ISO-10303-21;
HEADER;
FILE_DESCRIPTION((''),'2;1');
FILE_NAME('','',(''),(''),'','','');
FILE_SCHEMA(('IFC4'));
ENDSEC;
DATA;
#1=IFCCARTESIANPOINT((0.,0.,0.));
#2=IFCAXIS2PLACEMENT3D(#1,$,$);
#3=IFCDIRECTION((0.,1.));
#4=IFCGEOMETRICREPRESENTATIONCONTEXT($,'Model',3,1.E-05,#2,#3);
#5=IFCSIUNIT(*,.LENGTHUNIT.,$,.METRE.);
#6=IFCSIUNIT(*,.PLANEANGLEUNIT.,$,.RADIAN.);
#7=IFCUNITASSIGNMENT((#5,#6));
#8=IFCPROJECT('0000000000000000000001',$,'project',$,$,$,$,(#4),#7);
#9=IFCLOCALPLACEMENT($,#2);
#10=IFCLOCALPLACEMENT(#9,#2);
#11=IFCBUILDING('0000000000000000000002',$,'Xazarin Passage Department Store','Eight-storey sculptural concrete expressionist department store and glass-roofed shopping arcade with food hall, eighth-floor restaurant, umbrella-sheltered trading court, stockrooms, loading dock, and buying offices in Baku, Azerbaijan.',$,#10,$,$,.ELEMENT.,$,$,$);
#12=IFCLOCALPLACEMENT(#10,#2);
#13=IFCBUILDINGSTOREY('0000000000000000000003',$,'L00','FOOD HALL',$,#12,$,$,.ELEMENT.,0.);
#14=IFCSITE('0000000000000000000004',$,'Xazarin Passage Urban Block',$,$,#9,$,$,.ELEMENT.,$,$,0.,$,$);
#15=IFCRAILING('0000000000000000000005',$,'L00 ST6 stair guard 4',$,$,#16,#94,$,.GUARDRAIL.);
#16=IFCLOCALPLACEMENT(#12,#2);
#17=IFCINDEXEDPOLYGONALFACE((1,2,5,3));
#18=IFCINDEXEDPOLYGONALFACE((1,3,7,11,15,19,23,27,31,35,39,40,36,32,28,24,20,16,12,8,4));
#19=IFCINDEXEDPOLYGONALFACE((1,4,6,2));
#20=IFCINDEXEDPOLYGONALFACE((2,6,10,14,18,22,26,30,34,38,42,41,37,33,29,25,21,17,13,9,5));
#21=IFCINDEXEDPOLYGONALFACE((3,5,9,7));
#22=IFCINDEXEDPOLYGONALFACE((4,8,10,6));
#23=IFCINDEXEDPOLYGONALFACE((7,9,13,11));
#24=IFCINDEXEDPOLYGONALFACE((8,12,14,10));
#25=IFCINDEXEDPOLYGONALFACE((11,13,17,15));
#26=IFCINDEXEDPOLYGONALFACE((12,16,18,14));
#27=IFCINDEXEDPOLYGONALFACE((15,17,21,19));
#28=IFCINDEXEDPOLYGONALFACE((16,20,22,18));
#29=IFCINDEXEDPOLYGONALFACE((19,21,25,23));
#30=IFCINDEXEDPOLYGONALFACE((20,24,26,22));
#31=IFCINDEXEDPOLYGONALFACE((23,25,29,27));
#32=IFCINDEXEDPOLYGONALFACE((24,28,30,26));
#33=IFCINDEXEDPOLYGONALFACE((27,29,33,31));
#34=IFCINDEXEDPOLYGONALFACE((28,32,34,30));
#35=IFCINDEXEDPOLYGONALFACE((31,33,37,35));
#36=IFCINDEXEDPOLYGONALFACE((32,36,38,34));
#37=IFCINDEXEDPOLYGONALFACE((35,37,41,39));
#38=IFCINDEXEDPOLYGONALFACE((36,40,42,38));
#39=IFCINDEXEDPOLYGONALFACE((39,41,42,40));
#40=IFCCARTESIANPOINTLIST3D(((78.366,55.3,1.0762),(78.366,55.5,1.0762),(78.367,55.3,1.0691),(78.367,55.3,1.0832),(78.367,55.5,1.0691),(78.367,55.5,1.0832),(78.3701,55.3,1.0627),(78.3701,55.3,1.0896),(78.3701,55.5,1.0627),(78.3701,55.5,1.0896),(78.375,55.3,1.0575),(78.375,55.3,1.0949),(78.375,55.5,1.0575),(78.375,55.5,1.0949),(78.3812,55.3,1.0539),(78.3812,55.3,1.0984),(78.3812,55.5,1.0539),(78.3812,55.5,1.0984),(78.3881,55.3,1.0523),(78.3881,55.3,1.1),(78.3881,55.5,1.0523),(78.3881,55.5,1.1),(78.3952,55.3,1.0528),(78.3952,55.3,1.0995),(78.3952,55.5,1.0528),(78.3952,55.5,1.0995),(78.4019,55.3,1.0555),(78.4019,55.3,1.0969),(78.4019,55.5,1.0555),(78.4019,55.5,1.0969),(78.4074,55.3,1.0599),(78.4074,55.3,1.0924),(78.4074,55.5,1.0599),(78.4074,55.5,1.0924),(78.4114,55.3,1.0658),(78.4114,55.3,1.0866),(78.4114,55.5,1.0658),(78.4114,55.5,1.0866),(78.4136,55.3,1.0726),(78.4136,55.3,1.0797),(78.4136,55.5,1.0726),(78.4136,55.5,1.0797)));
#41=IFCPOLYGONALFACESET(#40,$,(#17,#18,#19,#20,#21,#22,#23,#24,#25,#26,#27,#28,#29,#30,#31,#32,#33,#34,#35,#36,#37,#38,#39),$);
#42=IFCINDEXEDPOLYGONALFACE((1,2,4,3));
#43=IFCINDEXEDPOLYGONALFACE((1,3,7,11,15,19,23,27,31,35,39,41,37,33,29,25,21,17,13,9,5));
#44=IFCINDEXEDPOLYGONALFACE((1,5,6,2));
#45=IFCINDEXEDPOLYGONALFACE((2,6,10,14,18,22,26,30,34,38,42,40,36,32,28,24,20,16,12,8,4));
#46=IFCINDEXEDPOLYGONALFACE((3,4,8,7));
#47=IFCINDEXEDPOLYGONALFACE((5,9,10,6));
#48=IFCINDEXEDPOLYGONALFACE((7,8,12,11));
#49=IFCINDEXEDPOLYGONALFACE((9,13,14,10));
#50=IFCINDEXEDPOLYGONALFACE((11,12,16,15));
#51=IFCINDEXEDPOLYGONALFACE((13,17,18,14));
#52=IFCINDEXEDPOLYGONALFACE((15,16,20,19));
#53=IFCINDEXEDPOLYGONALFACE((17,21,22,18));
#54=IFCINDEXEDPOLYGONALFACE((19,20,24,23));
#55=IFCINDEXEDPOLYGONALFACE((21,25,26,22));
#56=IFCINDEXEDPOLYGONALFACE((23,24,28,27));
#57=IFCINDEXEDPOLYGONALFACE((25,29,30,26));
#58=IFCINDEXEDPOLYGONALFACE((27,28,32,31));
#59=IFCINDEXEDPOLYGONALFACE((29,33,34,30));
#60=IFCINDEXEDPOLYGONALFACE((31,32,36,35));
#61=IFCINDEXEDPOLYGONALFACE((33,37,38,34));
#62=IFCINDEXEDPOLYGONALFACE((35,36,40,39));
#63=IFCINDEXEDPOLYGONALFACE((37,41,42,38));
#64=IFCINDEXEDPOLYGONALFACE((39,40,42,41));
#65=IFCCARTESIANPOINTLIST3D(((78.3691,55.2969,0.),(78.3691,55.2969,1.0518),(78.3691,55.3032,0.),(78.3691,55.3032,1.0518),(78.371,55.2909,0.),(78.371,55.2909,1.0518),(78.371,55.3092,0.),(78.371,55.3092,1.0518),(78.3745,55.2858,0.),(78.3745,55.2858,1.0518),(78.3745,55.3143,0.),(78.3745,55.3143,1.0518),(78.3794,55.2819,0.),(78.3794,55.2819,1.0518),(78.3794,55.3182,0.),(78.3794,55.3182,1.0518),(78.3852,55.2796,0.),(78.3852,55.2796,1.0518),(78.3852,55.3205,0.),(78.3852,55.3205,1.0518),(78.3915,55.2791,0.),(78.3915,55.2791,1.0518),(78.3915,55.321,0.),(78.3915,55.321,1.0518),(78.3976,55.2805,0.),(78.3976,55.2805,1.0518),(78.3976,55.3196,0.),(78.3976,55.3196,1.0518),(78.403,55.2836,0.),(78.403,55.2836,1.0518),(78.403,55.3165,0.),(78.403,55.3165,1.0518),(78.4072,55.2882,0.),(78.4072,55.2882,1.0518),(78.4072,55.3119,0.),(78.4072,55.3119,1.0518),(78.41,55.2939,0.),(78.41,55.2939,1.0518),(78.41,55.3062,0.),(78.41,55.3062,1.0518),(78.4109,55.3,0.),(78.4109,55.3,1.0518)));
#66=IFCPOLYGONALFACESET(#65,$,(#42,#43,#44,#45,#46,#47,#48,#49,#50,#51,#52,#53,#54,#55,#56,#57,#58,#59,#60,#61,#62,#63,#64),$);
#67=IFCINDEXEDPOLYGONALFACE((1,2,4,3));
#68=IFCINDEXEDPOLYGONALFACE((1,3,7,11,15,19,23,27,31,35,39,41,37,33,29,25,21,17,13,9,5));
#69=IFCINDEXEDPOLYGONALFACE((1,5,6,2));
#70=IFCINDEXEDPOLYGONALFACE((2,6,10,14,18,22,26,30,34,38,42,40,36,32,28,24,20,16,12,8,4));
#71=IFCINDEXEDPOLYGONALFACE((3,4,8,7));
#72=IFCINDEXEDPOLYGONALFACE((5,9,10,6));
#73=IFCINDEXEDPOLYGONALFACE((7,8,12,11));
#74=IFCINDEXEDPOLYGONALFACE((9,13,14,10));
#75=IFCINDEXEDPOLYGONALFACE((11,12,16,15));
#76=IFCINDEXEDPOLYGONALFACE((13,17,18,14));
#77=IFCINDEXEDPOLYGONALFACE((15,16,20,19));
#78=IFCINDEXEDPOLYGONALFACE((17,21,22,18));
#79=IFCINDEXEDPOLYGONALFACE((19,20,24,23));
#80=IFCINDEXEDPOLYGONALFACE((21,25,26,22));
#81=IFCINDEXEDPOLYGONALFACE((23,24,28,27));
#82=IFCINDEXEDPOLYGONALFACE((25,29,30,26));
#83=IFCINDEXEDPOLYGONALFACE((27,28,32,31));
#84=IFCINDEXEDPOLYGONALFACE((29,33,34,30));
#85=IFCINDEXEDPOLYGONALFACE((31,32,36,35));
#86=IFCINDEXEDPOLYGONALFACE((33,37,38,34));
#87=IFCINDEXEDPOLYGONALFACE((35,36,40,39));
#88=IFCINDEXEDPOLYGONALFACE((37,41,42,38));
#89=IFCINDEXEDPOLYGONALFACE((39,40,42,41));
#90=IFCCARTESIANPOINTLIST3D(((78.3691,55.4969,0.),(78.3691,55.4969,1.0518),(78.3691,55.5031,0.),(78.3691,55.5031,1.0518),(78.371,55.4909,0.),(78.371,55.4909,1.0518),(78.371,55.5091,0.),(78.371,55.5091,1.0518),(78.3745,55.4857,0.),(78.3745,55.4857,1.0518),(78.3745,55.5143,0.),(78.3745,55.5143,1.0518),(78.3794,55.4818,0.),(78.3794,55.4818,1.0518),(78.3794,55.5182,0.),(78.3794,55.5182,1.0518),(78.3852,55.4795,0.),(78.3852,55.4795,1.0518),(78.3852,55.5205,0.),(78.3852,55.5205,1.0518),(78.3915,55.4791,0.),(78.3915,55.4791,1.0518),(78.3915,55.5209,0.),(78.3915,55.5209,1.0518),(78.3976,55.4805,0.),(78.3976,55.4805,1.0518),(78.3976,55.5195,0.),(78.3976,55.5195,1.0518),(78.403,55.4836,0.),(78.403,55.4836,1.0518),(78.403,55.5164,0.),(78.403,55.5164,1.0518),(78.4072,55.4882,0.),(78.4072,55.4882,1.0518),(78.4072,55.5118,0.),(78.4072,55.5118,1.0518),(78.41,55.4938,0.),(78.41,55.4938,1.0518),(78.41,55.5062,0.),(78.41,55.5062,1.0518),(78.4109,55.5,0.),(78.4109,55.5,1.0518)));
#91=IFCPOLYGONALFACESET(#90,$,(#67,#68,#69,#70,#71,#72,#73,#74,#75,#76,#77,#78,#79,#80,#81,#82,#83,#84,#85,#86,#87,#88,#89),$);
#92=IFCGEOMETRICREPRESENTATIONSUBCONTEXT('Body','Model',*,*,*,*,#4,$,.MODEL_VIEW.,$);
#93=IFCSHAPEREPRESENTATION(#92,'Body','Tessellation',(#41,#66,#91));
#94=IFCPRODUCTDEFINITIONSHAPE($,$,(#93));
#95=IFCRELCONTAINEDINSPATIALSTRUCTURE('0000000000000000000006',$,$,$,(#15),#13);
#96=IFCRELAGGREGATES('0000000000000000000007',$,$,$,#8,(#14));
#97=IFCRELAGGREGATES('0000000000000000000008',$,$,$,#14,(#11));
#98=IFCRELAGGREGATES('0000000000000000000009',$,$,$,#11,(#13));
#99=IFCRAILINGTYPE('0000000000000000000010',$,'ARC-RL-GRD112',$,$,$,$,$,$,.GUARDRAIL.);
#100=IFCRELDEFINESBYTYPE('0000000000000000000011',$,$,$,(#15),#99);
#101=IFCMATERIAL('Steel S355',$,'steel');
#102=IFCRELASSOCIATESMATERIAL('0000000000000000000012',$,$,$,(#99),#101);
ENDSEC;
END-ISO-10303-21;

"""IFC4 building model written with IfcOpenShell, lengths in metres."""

from ifc_helpers import new_model, si_unit, direction, frame, origin, origin_2d, place, context, subcontext, project, spatial, circle, extrude, material, type_object, element, save


model = new_model("IFC4")

# Units and contexts
model_context = context("Model", 3, precision=1e-05, world=origin(), true_north=direction((0.0, 1.0)))
body_context = subcontext(model_context, "Body", "Model", "MODEL_VIEW")
ifc_project = project(units=[si_unit("LENGTHUNIT", "METRE"), si_unit("PLANEANGLEUNIT", "RADIAN")], contexts=[model_context])

# Site, building, storey
site_placement = place(None, origin())
site = spatial("IfcSite", under=ifc_project, at=site_placement, Name="Xazarin Passage Urban Block", CompositionType="ELEMENT", RefElevation=0.0)
building_placement = place(site_placement, origin())
building = spatial("IfcBuilding", under=site, at=building_placement, Name="Xazarin Passage Department Store", Description="Eight-storey sculptural concrete expressionist department store and glass-roofed shopping arcade with food hall, eighth-floor restaurant, umbrella-sheltered trading court, stockrooms, loading dock, and buying offices in Baku, Azerbaijan.", CompositionType="ELEMENT")
storey_placement = place(building_placement, origin())
storey = spatial("IfcBuildingStorey", under=building, at=storey_placement, Name="L00", Description="FOOD HALL", CompositionType="ELEMENT", Elevation=0.0)

# Railing
ifc_material_1 = material(Name="Steel S355", Category="steel")
railing_type_1 = type_object("IfcRailingType", Name="ARC-RL-GRD112", PredefinedType="GUARDRAIL", material=ifc_material_1)
railing_1_placement = place(storey_placement, frame((78.3899, 55.3, 0.0)))
element("IfcRailing", 1, at=railing_1_placement, inside=storey, type_object=railing_type_1, Name="L00 ST6 stair guard 4", PredefinedType="GUARDRAIL", context=body_context, shape_type="SweptSolid", body=[
    extrude(circle(Radius=0.0239, at=origin_2d()), frame((0.0, 0.0, 1.0762), z_axis=(0.0, 1.0, 0.0), x_axis=(-1.0, 0.0, 0.0)), (0.0, 0.0, 1.0), 0.2),
    extrude(circle(Radius=0.021, at=origin_2d()), origin(), (0.0, 0.0, 1.0), 1.0518),
    extrude(circle(Radius=0.021, at=origin_2d()), frame((0.0, 0.2, 0.0)), (0.0, 0.0, 1.0), 1.0518),
])

save(model, "model.ifc")
